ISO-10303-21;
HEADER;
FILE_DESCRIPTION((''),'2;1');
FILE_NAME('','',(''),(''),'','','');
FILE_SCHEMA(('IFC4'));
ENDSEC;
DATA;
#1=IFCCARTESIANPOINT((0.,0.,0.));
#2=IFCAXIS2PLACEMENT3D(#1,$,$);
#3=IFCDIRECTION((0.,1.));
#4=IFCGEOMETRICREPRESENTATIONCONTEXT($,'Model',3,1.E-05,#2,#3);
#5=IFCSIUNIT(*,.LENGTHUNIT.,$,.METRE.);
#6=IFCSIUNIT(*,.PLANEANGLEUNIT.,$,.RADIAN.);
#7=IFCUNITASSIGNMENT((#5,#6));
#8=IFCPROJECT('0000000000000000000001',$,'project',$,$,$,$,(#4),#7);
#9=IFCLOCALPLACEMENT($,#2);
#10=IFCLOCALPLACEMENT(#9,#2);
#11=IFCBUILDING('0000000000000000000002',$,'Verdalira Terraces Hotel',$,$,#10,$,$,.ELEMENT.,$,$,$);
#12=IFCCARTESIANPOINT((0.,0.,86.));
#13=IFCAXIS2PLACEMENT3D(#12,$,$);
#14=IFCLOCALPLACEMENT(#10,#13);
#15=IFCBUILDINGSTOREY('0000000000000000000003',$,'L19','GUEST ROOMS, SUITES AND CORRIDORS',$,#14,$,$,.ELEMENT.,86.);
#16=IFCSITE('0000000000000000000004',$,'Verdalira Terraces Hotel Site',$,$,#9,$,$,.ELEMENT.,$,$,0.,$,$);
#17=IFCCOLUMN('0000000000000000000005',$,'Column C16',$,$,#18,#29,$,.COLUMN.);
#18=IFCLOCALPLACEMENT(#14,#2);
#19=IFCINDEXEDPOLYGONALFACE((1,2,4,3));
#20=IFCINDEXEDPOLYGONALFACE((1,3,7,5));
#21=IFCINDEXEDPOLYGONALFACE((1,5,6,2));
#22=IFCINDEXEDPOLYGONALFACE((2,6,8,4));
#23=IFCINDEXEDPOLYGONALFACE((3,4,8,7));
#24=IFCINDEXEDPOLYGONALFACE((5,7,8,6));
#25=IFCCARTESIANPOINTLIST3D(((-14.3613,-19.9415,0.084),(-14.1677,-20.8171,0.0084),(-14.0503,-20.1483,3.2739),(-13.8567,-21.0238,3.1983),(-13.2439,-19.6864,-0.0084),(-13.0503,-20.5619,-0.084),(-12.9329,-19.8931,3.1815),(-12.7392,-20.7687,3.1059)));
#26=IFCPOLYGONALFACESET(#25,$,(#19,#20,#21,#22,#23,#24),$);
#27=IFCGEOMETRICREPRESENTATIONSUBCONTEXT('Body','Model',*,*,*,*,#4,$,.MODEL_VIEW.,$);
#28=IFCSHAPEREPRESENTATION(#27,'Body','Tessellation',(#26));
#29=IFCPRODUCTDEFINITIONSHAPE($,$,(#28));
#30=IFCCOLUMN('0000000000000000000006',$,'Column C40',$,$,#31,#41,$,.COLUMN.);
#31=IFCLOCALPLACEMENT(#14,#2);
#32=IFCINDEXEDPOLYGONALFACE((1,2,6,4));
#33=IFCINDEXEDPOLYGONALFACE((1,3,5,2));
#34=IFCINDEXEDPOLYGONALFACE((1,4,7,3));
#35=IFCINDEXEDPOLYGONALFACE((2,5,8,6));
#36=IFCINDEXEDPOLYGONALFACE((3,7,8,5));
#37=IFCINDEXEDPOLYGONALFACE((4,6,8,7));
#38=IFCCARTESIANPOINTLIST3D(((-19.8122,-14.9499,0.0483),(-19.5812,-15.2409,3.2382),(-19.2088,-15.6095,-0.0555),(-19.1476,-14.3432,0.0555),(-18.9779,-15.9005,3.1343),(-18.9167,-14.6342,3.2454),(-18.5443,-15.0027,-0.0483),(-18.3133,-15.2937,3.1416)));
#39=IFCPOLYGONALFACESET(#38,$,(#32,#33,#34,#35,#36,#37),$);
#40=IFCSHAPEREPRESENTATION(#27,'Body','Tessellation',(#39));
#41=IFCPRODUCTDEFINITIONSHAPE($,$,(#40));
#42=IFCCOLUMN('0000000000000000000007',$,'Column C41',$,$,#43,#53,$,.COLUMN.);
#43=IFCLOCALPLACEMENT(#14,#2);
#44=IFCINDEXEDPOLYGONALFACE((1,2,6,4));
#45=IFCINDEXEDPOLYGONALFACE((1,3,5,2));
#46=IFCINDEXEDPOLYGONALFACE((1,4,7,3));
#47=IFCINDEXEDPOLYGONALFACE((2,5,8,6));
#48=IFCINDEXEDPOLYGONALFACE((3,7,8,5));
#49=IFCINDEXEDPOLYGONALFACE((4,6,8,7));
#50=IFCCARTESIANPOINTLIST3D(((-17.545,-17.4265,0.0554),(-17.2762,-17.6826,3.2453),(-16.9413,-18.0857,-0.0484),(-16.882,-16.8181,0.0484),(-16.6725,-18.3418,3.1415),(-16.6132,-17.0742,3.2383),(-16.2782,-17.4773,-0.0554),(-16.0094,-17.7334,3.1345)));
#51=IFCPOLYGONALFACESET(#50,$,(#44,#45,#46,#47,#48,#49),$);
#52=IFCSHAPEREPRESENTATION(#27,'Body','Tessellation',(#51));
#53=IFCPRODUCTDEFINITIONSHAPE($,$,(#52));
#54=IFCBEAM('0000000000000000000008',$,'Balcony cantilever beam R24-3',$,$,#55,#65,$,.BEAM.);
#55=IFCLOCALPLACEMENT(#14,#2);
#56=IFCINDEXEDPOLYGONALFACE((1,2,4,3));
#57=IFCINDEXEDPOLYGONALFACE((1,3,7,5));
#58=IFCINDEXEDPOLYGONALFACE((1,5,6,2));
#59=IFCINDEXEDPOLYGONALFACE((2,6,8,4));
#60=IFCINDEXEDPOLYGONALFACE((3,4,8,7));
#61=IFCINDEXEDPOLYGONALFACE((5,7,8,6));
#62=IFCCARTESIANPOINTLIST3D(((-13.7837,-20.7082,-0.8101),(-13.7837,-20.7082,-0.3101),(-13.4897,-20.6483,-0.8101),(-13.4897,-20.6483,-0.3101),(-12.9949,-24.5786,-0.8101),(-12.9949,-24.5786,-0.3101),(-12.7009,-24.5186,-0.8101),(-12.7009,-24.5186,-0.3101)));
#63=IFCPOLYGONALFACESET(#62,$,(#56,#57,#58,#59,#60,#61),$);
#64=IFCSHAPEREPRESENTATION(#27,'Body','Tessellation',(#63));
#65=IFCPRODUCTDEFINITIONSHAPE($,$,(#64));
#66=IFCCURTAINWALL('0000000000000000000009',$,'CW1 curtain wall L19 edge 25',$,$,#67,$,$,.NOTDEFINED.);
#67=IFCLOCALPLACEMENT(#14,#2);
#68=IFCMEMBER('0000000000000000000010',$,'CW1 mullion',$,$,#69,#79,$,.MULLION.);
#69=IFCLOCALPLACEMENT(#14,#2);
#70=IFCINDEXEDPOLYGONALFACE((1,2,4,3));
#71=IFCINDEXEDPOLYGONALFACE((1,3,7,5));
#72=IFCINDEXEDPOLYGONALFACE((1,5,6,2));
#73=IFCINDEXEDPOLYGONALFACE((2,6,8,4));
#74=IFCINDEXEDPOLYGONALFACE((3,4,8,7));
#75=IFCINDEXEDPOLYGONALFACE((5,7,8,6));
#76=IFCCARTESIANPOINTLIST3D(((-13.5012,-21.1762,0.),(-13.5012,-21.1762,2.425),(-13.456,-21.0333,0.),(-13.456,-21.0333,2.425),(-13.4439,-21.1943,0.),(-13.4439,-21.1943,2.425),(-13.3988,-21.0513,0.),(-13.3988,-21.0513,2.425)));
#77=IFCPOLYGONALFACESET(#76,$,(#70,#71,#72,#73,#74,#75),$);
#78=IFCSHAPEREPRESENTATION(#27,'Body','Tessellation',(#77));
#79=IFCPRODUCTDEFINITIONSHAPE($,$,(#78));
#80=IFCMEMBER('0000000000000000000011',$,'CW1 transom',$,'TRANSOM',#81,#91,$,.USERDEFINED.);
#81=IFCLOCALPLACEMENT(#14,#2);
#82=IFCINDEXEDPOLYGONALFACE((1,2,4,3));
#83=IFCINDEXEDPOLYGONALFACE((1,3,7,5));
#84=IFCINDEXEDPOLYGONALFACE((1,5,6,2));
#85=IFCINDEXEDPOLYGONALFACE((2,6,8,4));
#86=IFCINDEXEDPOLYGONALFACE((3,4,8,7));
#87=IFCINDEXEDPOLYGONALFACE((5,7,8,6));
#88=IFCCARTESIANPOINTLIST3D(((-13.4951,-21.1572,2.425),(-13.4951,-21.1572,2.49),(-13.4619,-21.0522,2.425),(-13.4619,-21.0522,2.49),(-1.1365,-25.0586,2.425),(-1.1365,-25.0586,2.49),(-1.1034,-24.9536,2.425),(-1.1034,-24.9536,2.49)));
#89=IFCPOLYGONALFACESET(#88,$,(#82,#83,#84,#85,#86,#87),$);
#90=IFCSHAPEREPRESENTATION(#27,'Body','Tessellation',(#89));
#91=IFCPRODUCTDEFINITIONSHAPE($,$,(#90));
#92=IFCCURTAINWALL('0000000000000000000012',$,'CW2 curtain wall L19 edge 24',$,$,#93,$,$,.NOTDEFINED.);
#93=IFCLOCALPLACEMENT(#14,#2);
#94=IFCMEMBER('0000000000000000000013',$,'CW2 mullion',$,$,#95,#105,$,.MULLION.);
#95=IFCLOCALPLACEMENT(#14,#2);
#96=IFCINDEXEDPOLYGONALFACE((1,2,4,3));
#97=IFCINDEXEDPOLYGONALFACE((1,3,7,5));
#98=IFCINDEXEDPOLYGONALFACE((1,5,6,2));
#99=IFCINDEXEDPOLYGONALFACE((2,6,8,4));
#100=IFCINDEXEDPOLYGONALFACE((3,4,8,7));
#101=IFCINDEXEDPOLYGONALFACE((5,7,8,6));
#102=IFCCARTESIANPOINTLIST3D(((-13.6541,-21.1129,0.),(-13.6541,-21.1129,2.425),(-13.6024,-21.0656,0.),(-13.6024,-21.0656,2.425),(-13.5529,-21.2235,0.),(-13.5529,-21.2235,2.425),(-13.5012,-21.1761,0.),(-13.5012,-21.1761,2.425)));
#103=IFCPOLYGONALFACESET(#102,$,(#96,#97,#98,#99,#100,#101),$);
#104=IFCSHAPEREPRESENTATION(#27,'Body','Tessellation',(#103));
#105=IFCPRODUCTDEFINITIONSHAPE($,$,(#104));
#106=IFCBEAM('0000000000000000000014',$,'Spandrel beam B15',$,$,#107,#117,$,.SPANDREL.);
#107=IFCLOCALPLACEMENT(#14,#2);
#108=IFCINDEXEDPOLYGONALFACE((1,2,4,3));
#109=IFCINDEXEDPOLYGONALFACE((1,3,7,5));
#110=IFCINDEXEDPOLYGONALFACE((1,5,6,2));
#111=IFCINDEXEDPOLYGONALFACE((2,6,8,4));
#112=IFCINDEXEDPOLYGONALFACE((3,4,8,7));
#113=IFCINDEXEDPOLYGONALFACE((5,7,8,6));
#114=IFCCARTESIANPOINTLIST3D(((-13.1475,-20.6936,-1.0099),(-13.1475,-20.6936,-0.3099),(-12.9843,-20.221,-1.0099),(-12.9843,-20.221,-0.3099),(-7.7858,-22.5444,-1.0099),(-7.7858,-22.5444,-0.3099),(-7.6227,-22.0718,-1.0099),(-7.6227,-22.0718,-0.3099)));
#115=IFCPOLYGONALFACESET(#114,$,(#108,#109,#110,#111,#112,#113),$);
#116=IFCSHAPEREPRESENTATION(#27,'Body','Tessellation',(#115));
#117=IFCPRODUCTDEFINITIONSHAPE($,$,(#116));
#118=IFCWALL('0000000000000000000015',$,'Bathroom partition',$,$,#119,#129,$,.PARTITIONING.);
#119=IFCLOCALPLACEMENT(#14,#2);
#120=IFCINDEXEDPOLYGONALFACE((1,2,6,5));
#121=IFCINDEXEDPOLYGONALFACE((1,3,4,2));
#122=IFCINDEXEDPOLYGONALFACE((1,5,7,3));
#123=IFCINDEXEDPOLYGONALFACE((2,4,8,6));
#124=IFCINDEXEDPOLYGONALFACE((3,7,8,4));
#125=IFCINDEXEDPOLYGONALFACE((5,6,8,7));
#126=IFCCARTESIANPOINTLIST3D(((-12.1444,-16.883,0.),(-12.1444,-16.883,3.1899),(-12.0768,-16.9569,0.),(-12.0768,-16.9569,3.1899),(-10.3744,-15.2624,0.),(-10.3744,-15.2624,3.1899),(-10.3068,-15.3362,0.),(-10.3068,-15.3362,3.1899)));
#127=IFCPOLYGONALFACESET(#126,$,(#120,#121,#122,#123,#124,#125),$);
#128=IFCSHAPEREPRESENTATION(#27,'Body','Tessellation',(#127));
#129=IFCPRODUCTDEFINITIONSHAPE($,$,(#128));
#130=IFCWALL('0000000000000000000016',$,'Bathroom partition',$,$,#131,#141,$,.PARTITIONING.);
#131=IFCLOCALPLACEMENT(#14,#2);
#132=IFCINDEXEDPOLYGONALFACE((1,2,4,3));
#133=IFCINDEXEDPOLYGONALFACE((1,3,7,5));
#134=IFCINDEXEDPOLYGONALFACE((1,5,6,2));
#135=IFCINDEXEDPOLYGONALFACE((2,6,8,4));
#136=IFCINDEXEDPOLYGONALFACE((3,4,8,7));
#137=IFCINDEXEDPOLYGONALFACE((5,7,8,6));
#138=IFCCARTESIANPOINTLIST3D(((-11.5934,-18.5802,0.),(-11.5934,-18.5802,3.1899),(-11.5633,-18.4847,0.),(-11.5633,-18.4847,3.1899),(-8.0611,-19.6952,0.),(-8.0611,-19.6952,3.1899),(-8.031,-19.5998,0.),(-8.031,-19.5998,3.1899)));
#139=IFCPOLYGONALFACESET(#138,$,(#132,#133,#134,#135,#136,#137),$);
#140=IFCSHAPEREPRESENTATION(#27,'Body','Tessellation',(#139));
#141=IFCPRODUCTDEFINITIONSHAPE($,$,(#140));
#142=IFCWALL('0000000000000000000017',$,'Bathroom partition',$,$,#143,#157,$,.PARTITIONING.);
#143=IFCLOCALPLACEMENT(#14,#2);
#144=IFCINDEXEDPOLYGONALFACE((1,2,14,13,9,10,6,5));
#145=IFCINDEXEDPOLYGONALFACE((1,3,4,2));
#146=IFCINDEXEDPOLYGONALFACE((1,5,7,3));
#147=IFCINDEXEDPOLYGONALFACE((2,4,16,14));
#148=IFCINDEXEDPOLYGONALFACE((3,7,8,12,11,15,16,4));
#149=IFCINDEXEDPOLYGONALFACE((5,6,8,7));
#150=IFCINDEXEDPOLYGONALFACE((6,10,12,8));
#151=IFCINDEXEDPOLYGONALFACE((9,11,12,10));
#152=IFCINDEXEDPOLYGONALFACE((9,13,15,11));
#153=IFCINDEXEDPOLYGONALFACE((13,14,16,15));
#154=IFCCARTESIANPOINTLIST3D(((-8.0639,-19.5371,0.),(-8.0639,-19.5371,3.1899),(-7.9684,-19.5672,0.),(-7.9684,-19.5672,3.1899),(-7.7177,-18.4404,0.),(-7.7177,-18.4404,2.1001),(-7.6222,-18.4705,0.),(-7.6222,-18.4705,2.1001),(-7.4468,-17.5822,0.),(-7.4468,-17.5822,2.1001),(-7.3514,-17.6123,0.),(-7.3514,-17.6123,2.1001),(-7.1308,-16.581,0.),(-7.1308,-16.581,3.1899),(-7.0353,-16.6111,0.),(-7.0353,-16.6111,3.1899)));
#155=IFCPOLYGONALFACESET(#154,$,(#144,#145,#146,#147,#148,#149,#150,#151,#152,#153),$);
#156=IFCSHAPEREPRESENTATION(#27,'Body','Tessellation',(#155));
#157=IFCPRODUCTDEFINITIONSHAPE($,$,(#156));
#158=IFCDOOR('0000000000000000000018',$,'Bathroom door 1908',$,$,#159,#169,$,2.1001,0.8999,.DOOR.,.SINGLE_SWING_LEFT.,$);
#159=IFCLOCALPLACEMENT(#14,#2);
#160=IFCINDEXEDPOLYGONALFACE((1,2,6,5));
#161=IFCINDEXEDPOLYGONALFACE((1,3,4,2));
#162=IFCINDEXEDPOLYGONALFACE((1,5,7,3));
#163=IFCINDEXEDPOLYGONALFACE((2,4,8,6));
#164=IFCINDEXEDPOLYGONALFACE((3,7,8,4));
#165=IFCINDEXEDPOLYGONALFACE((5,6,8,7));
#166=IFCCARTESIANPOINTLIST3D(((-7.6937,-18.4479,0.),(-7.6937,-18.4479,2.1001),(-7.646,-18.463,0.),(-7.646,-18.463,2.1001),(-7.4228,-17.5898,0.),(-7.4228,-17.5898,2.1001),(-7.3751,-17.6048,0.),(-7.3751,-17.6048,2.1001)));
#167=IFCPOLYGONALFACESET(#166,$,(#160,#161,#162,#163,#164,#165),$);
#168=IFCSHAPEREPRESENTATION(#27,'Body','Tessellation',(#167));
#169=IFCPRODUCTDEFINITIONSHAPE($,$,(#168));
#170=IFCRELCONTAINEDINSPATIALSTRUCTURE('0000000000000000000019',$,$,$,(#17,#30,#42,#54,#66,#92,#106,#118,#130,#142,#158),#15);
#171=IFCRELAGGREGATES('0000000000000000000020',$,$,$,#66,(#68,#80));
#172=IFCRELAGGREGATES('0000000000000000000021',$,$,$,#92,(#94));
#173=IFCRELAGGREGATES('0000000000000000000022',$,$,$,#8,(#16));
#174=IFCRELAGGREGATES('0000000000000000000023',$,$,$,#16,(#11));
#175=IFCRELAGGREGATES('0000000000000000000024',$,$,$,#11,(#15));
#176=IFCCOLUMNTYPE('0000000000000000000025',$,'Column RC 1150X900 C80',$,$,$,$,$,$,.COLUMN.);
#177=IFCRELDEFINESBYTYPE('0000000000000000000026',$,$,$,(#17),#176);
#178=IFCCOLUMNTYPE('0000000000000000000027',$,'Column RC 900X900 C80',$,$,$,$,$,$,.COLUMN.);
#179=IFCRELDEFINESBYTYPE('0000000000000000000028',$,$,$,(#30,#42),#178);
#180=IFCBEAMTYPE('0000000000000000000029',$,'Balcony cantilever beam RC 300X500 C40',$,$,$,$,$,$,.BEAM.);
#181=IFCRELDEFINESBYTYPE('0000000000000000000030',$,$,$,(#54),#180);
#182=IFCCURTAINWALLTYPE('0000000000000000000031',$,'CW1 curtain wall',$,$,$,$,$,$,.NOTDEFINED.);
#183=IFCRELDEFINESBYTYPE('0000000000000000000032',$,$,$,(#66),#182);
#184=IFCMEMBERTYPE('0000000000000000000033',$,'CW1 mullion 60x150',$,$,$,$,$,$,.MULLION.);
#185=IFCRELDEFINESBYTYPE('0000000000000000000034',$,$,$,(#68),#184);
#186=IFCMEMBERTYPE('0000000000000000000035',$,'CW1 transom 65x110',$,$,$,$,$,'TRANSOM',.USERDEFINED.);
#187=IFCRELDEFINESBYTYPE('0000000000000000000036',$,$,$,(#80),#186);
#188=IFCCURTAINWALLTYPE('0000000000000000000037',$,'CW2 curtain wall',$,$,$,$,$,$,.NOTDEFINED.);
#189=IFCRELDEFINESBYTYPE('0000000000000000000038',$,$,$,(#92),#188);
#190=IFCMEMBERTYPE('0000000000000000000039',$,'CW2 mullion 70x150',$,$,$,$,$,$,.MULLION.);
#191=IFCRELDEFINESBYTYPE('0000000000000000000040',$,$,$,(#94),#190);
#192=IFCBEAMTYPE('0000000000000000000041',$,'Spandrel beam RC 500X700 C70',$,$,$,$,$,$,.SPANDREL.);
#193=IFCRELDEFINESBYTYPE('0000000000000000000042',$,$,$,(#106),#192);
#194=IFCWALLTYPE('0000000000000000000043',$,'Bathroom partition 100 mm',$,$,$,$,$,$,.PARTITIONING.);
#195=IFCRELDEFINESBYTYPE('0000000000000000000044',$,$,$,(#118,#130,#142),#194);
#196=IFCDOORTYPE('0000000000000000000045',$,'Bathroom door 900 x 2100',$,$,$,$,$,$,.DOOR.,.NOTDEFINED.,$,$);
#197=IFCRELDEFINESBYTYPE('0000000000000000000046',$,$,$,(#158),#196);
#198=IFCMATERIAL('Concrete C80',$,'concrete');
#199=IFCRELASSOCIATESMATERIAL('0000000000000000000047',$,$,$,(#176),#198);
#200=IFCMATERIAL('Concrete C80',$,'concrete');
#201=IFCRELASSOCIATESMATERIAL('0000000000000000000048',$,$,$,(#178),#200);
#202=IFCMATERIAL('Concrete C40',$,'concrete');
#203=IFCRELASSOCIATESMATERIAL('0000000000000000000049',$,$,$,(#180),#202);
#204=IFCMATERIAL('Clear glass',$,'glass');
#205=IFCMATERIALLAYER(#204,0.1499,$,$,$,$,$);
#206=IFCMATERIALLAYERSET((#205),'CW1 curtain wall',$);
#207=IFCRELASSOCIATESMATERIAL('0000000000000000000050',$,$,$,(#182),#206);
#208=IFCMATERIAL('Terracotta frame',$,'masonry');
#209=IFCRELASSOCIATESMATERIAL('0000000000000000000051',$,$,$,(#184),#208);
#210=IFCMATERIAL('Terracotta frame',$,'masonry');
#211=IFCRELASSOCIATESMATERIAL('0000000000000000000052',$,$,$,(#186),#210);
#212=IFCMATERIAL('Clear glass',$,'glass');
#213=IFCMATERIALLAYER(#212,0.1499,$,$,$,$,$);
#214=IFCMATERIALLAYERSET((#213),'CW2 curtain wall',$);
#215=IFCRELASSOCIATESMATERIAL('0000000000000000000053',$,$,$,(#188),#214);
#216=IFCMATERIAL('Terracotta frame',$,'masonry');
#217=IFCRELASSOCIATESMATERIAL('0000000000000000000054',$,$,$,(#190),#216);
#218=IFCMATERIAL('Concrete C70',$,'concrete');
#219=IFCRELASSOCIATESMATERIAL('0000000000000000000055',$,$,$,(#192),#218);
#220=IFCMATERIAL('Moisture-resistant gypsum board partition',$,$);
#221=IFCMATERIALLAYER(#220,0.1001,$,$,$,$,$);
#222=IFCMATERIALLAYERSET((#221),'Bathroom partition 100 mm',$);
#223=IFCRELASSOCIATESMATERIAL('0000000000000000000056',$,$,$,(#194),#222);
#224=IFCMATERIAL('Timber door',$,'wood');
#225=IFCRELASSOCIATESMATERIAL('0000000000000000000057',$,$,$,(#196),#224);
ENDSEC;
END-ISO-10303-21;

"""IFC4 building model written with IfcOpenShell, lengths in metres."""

from ifc_helpers import new_model, si_unit, direction, frame, frame_2d, origin, origin_2d, place, context, subcontext, project, spatial, rectangle, extrude, material, layer, layer_set, material_profile, profile_set, type_object, element, fill, aggregate, save


model = new_model("IFC4")

# Units and contexts
model_context = context("Model", 3, precision=1e-05, world=origin(), true_north=direction((0.0, 1.0)))
body_context = subcontext(model_context, "Body", "Model", "MODEL_VIEW")
ifc_project = project(units=[si_unit("LENGTHUNIT", "METRE"), si_unit("PLANEANGLEUNIT", "RADIAN")], contexts=[model_context])

# Site, building, storey
site_placement = place(None, origin())
site = spatial("IfcSite", under=ifc_project, at=site_placement, Name="Verdalira Terraces Hotel Site", CompositionType="ELEMENT", RefElevation=0.0)
building_placement = place(site_placement, origin())
building = spatial("IfcBuilding", under=site, at=building_placement, Name="Verdalira Terraces Hotel", CompositionType="ELEMENT")
storey_placement = place(building_placement, frame((0.0, 0.0, 86.0)))
storey = spatial("IfcBuildingStorey", under=building, at=storey_placement, Name="L19", Description="GUEST ROOMS, SUITES AND CORRIDORS", CompositionType="ELEMENT", Elevation=86.0)

# Columns
ifc_material_1 = material(Name="Concrete C80", Category="concrete")
ifc_material_profile_1 = material_profile(ifc_material_1, rectangle(XDim=1.1499, YDim=0.8999, at=origin_2d()), Name="RC 1150X900")
ifc_profile_set_1 = profile_set([ifc_material_profile_1], Name="Concrete C80")
column_type_1 = type_object("IfcColumnType", Name="Column RC 1150X900 C80", PredefinedType="COLUMN", material=ifc_profile_set_1)
column_placement = place(storey_placement, frame((-13.7058, -20.2517, 0.0), z_axis=(0.096843, -0.064385, 0.993215), x_axis=(-0.971759, -0.221869, 0.080369)))
element("IfcColumn", 1, at=column_placement, inside=storey, type_object=column_type_1, Name="Column C16", PredefinedType="COLUMN", context=body_context, shape_type="SweptSolid", body=[
    extrude(rectangle(XDim=1.1499, YDim=0.8999, at=origin_2d()), origin(), (0.0, 0.0, 1.0), 3.2117),
])
ifc_material_2 = material(Name="Concrete C80", Category="concrete")
ifc_material_profile_2 = material_profile(ifc_material_2, rectangle(XDim=0.8999, YDim=0.8999, at=origin_2d()), Name="RC 900X900")
ifc_profile_set_2 = profile_set([ifc_material_profile_2], Name="Concrete C80")
column_type_2 = type_object("IfcColumnType", Name="Column RC 900X900 C80", PredefinedType="COLUMN", material=ifc_profile_set_2)
for number, where, z_axis, x_axis, name in (
    (2, (-19.1782, -14.9763, 0.0), (0.071916, -0.090617, 0.993286), (-0.738474, -0.674234, -0.008043), "Column C40"),
    (3, (-16.9116, -17.4519, 0.0), (0.0837, -0.079746, 0.993295), (-0.736821, -0.676043, 0.007812), "Column C41"),
):
    element("IfcColumn", number, at=place(storey_placement, frame(where, z_axis=z_axis, x_axis=x_axis)), inside=storey, type_object=column_type_2, Name=name, PredefinedType="COLUMN", context=body_context, shape_type="SweptSolid", body=[
        extrude(rectangle(XDim=0.8999, YDim=0.8999, at=origin_2d()), origin(), (0.0, 0.0, 1.0), 3.2114),
    ])

# Beam
ifc_material_3 = material(Name="Concrete C40", Category="concrete")
ifc_material_profile_3 = material_profile(ifc_material_3, rectangle(XDim=0.3, YDim=0.5, at=origin_2d()), Name="RC 300X500")
ifc_profile_set_3 = profile_set([ifc_material_profile_3], Name="Concrete C40")
beam_type_1 = type_object("IfcBeamType", Name="Balcony cantilever beam RC 300X500 C40", PredefinedType="BEAM", material=ifc_profile_set_3)
beam_1_placement = place(storey_placement, frame((-13.6367, -20.6782, -0.5601), z_axis=(0.199704, -0.979856, 0.0), x_axis=(0.979856, 0.199704, 0.0)))
element("IfcBeam", 4, at=beam_1_placement, inside=storey, type_object=beam_type_1, Name="Balcony cantilever beam R24-3", PredefinedType="BEAM", context=body_context, shape_type="SweptSolid", body=[
    extrude(rectangle(XDim=0.3, YDim=0.5, at=origin_2d()), origin(), (0.0, 0.0, 1.0), 3.95),
])

# Curtain wall, members
ifc_material_4 = material(Name="Clear glass", Category="glass")
ifc_layer_1 = layer(ifc_material_4, 0.1499)
ifc_layer_set_1 = layer_set([ifc_layer_1], Name="CW1 curtain wall")
curtain_wall_type_1 = type_object("IfcCurtainWallType", Name="CW1 curtain wall", PredefinedType="NOTDEFINED", material=ifc_layer_set_1)
curtain_wall_1_placement = place(storey_placement, origin())
curtain_wall_1 = element("IfcCurtainWall", 5, at=curtain_wall_1_placement, inside=storey, type_object=curtain_wall_type_1, Name="CW1 curtain wall L19 edge 25", PredefinedType="NOTDEFINED")
ifc_material_5 = material(Name="Terracotta frame", Category="masonry")
ifc_material_profile_4 = material_profile(ifc_material_5, rectangle(XDim=0.0601, YDim=0.1499, at=origin_2d()), Name="MU 60x150")
ifc_profile_set_4 = profile_set([ifc_material_profile_4], Name="Terracotta frame")
member_type_1 = type_object("IfcMemberType", Name="CW1 mullion 60x150", PredefinedType="MULLION", material=ifc_profile_set_4)
member_1_placement = place(storey_placement, frame((-13.45, -21.1138, 0.0), z_axis=(0.0, 0.0, 1.0), x_axis=(0.953612, -0.301039, 0.0)))
member_1 = element("IfcMember", 6, at=member_1_placement, type_object=member_type_1, Name="CW1 mullion", PredefinedType="MULLION", context=body_context, shape_type="SweptSolid", body=[
    extrude(rectangle(XDim=0.0601, YDim=0.1499, at=origin_2d()), origin(), (0.0, 0.0, 1.0), 2.425),
])
ifc_material_6 = material(Name="Terracotta frame", Category="masonry")
ifc_material_profile_5 = material_profile(ifc_material_6, rectangle(XDim=0.1101, YDim=0.0649, at=origin_2d()), Name="TR 65x110")
ifc_profile_set_5 = profile_set([ifc_material_profile_5], Name="Terracotta frame")
member_type_2 = type_object("IfcMemberType", Name="CW1 transom 65x110", ElementType="TRANSOM", PredefinedType="USERDEFINED", material=ifc_profile_set_5)
member_2_placement = place(storey_placement, frame((-13.4785, -21.1047, 2.4575), z_axis=(0.953613, -0.301036, 0.0), x_axis=(0.301036, 0.953613, 0.0)))
member_2 = element("IfcMember", 7, at=member_2_placement, type_object=member_type_2, Name="CW1 transom", ObjectType="TRANSOM", PredefinedType="USERDEFINED", context=body_context, shape_type="SweptSolid", body=[
    extrude(rectangle(XDim=0.1101, YDim=0.0649, at=origin_2d()), origin(), (0.0, 0.0, 1.0), 12.9597),
])
aggregate(curtain_wall_1, [member_1, member_2])

# Curtain wall, member
ifc_material_7 = material(Name="Clear glass", Category="glass")
ifc_layer_2 = layer(ifc_material_7, 0.1499)
ifc_layer_set_2 = layer_set([ifc_layer_2], Name="CW2 curtain wall")
curtain_wall_type_2 = type_object("IfcCurtainWallType", Name="CW2 curtain wall", PredefinedType="NOTDEFINED", material=ifc_layer_set_2)
curtain_wall_2_placement = place(storey_placement, origin())
curtain_wall_2 = element("IfcCurtainWall", 8, at=curtain_wall_2_placement, inside=storey, type_object=curtain_wall_type_2, Name="CW2 curtain wall L19 edge 24", PredefinedType="NOTDEFINED")
ifc_material_8 = material(Name="Terracotta frame", Category="masonry")
ifc_material_profile_6 = material_profile(ifc_material_8, rectangle(XDim=0.0701, YDim=0.1499, at=origin_2d()), Name="MU 70x150")
ifc_profile_set_6 = profile_set([ifc_material_profile_6], Name="Terracotta frame")
member_type_3 = type_object("IfcMemberType", Name="CW2 mullion 70x150", PredefinedType="MULLION", material=ifc_profile_set_6)
member_3_placement = place(storey_placement, frame((-13.5776, -21.1445, 0.0), z_axis=(0.0, 0.0, 1.0), x_axis=(0.737513, 0.675333, 0.0)))
member_3 = element("IfcMember", 9, at=member_3_placement, type_object=member_type_3, Name="CW2 mullion", PredefinedType="MULLION", context=body_context, shape_type="SweptSolid", body=[
    extrude(rectangle(XDim=0.0701, YDim=0.1499, at=origin_2d()), origin(), (0.0, 0.0, 1.0), 2.425),
])
aggregate(curtain_wall_2, [member_3])

# Beam
ifc_material_9 = material(Name="Concrete C70", Category="concrete")
ifc_material_profile_7 = material_profile(ifc_material_9, rectangle(XDim=0.5, YDim=0.7, at=origin_2d()), Name="RC 500X700")
ifc_profile_set_7 = profile_set([ifc_material_profile_7], Name="Concrete C70")
beam_type_2 = type_object("IfcBeamType", Name="Spandrel beam RC 500X700 C70", PredefinedType="SPANDREL", material=ifc_profile_set_7)
beam_2_placement = place(storey_placement, frame((-13.0659, -20.4573, -0.6599), z_axis=(0.945264, -0.326308, 0.0), x_axis=(0.326308, 0.945264, 0.0)))
element("IfcBeam", 10, at=beam_2_placement, inside=storey, type_object=beam_type_2, Name="Spandrel beam B15", PredefinedType="SPANDREL", context=body_context, shape_type="SweptSolid", body=[
    extrude(rectangle(XDim=0.5, YDim=0.7, at=origin_2d()), origin(), (0.0, 0.0, 1.0), 5.6721),
])

# Walls
ifc_material_10 = material(Name="Moisture-resistant gypsum board partition")
ifc_layer_3 = layer(ifc_material_10, 0.1001)
ifc_layer_set_3 = layer_set([ifc_layer_3], Name="Bathroom partition 100 mm")
wall_type_1 = type_object("IfcWallType", Name="Bathroom partition 100 mm", PredefinedType="PARTITIONING", material=ifc_layer_set_3)
wall_1_placement = place(storey_placement, frame((-10.3406, -15.2993, 0.0), z_axis=(0.0, 0.0, 1.0), x_axis=(-0.737551, -0.675291, 0.0)))
element("IfcWall", 11, at=wall_1_placement, inside=storey, type_object=wall_type_1, Name="Bathroom partition", PredefinedType="PARTITIONING", context=body_context, shape_type="SweptSolid", body=[
    extrude(rectangle(XDim=2.3999, YDim=0.1001, at=frame_2d((1.2, 0.0))), origin(), (0.0, 0.0, 1.0), 3.1899),
])
wall_2_placement = place(storey_placement, frame((-11.5784, -18.5325, 0.0), z_axis=(0.0, 0.0, 1.0), x_axis=(0.953618, -0.301021, 0.0)))
element("IfcWall", 12, at=wall_2_placement, inside=storey, type_object=wall_type_1, Name="Bathroom partition", PredefinedType="PARTITIONING", context=body_context, shape_type="SweptSolid", body=[
    extrude(rectangle(XDim=3.7041, YDim=0.1001, at=frame_2d((1.8521, 0.0))), origin(), (0.0, 0.0, 1.0), 3.1899),
])

# Wall, opening, door
wall_3_placement = place(storey_placement, frame((-8.0161, -19.552, 0.0), z_axis=(0.0, 0.0, 1.0), x_axis=(0.301018, 0.953618, 0.0)))
wall_3 = element("IfcWall", 13, at=wall_3_placement, inside=storey, type_object=wall_type_1, Name="Bathroom partition", PredefinedType="PARTITIONING", context=body_context, shape_type="SweptSolid", body=[
    extrude(rectangle(XDim=3.0999, YDim=0.1001, at=frame_2d((1.5498, 0.0))), origin(), (0.0, 0.0, 1.0), 3.1899),
])
opening_placement = place(wall_3_placement, frame((1.1499, 0.0, 0.0)))
opening = element("IfcOpeningElement", 14, at=opening_placement, cuts=wall_3, PredefinedType="OPENING", context=body_context, shape_type="SweptSolid", body=[
    extrude(rectangle(XDim=0.8999, YDim=2.1001, at=frame_2d((0.45, 1.05))), frame((0.0, 0.0601, 0.0), z_axis=(0.0, -1.0, 0.0), x_axis=(1.0, 0.0, 0.0)), (0.0, 0.0, 1.0), 0.1201),
])
ifc_material_11 = material(Name="Timber door", Category="wood")
door_type = type_object("IfcDoorType", Name="Bathroom door 900 x 2100", OperationType="NOTDEFINED", PredefinedType="DOOR", material=ifc_material_11)
door_placement = place(opening_placement, origin())
door = element("IfcDoor", 15, at=door_placement, inside=storey, type_object=door_type, Name="Bathroom door 1908", OperationType="SINGLE_SWING_LEFT", OverallHeight=2.1001, OverallWidth=0.8999, PredefinedType="DOOR", context=body_context, shape_type="SweptSolid", body=[
    extrude(rectangle(XDim=0.8999, YDim=2.1001, at=frame_2d((0.45, 1.05))), frame((0.0, 0.0249, 0.0), z_axis=(0.0, -1.0, 0.0), x_axis=(1.0, 0.0, 0.0)), (0.0, 0.0, 1.0), 0.05),
])
fill(opening, door)

save(model, "model.ifc")
